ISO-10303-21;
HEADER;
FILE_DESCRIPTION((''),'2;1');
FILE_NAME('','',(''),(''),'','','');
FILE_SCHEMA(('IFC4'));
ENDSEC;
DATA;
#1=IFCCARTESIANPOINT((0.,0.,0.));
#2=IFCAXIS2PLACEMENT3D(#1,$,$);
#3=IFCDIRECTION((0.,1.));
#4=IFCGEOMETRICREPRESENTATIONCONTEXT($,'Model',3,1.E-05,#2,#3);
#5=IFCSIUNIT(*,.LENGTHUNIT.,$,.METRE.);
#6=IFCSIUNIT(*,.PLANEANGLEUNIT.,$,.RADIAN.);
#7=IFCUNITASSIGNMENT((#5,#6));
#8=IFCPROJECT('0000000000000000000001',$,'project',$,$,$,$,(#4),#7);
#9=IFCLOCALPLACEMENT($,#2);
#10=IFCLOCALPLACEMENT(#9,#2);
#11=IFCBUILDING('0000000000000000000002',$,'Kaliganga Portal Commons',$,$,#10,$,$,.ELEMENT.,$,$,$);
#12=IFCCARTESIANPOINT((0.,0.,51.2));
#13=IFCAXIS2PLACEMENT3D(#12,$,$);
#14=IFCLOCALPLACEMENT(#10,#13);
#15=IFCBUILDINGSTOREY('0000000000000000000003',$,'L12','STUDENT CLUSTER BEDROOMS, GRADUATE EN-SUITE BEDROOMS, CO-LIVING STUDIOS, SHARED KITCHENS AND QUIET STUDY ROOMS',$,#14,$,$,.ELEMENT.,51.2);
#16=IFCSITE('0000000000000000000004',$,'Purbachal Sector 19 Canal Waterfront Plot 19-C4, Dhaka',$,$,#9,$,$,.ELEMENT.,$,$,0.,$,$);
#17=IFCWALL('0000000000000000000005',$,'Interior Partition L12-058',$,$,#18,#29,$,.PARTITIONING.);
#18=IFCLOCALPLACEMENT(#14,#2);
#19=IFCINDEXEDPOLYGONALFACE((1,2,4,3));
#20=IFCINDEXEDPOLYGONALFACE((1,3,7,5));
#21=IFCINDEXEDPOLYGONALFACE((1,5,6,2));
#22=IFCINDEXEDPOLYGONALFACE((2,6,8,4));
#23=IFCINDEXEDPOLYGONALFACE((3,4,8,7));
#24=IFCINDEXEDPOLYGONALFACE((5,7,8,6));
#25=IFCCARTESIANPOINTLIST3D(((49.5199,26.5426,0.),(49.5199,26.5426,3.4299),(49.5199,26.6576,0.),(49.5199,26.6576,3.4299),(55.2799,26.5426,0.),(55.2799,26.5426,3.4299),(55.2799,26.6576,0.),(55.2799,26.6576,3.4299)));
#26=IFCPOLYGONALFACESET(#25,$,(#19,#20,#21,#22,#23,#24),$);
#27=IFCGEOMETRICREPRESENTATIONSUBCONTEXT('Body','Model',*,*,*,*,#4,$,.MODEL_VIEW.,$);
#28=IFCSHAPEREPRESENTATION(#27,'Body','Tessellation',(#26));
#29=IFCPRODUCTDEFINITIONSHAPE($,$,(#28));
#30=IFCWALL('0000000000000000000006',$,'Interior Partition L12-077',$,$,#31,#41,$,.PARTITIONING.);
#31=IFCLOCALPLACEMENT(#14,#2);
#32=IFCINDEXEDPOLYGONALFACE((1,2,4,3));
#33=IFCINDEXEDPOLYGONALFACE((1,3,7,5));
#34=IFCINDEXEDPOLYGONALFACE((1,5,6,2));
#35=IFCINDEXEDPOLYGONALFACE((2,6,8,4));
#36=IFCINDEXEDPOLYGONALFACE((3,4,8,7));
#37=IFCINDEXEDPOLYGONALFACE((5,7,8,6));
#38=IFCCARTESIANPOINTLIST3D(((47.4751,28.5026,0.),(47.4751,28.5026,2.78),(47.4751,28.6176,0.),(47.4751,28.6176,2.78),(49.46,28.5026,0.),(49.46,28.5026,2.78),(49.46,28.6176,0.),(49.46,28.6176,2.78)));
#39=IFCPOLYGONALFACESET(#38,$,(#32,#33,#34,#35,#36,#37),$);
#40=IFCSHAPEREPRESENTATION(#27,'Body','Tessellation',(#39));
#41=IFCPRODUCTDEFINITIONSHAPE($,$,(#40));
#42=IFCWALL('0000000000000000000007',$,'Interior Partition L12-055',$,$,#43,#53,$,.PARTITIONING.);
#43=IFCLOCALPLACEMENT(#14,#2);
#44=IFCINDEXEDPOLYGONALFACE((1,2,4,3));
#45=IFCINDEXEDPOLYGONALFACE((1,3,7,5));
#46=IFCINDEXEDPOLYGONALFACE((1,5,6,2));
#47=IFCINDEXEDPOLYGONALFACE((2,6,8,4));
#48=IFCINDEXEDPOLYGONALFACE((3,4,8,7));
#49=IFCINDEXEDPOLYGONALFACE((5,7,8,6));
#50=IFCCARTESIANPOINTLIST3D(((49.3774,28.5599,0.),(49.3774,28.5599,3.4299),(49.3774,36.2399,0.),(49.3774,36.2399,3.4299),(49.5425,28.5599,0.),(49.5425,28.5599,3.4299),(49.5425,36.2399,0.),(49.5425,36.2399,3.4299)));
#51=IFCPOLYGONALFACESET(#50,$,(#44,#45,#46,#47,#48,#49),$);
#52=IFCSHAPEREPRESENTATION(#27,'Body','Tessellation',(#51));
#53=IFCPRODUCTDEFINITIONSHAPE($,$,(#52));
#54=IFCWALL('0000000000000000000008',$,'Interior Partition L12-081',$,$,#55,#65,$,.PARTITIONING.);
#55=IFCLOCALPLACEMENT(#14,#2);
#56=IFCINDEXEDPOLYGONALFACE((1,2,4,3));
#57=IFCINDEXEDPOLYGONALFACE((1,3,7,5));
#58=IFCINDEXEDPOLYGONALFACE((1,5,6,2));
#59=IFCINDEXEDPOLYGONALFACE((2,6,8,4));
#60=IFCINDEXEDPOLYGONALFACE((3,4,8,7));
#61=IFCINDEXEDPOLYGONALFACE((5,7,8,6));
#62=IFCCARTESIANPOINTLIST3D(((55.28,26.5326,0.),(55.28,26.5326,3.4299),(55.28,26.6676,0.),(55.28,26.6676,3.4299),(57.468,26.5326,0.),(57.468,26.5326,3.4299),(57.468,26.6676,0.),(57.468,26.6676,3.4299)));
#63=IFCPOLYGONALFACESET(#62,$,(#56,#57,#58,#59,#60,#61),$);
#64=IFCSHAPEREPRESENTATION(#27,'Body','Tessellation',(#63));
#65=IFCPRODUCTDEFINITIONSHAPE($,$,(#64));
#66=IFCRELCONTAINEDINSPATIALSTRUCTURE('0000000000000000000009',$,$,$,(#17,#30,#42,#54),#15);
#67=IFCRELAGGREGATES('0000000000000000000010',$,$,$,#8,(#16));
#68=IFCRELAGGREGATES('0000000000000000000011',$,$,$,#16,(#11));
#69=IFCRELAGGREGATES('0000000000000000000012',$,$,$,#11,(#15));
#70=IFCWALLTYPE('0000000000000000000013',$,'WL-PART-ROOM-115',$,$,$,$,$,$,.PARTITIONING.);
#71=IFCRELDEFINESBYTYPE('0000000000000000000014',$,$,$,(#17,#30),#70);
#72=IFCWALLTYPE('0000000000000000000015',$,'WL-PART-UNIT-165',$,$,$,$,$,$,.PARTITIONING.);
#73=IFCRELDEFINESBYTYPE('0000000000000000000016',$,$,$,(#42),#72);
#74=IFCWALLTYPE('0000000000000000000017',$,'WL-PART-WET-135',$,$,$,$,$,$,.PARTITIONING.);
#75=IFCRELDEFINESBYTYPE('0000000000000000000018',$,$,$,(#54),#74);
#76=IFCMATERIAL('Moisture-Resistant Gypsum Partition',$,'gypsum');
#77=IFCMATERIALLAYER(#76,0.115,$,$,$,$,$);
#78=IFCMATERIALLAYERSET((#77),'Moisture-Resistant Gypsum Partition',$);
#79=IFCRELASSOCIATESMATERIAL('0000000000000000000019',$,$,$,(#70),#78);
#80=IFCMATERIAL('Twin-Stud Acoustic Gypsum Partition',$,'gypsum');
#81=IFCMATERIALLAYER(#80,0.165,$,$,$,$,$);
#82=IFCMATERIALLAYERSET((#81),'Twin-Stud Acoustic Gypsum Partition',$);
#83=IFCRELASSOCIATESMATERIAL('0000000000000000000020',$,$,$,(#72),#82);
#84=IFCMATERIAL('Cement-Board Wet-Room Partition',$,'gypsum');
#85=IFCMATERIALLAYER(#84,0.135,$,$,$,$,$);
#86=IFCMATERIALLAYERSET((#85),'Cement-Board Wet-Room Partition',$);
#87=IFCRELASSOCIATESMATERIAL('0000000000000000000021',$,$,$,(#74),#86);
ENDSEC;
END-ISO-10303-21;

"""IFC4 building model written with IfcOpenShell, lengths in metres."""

from ifc_helpers import new_model, si_unit, direction, frame, frame_2d, origin, place, context, subcontext, project, spatial, rectangle, extrude, material, layer, layer_set, type_object, element, save


model = new_model("IFC4")

# Units and contexts
model_context = context("Model", 3, precision=1e-05, world=origin(), true_north=direction((0.0, 1.0)))
body_context = subcontext(model_context, "Body", "Model", "MODEL_VIEW")
ifc_project = project(units=[si_unit("LENGTHUNIT", "METRE"), si_unit("PLANEANGLEUNIT", "RADIAN")], contexts=[model_context])

# Site, building, storey
site_placement = place(None, origin())
site = spatial("IfcSite", under=ifc_project, at=site_placement, Name="Purbachal Sector 19 Canal Waterfront Plot 19-C4, Dhaka", CompositionType="ELEMENT", RefElevation=0.0)
building_placement = place(site_placement, origin())
building = spatial("IfcBuilding", under=site, at=building_placement, Name="Kaliganga Portal Commons", CompositionType="ELEMENT")
storey_placement = place(building_placement, frame((0.0, 0.0, 51.2)))
storey = spatial("IfcBuildingStorey", under=building, at=storey_placement, Name="L12", Description="STUDENT CLUSTER BEDROOMS, GRADUATE EN-SUITE BEDROOMS, CO-LIVING STUDIOS, SHARED KITCHENS AND QUIET STUDY ROOMS", CompositionType="ELEMENT", Elevation=51.2)

# Walls
ifc_material_1 = material(Name="Moisture-Resistant Gypsum Partition", Category="gypsum")
ifc_layer_1 = layer(ifc_material_1, 0.115)
ifc_layer_set_1 = layer_set([ifc_layer_1], Name="Moisture-Resistant Gypsum Partition")
wall_type_1 = type_object("IfcWallType", Name="WL-PART-ROOM-115", PredefinedType="PARTITIONING", material=ifc_layer_set_1)
wall_1_placement = place(storey_placement, frame((49.52, 26.6001, 0.0), z_axis=(0.0, 0.0, 1.0), x_axis=(1.0, 0.0, 0.0)))
element("IfcWall", 1, at=wall_1_placement, inside=storey, type_object=wall_type_1, Name="Interior Partition L12-058", PredefinedType="PARTITIONING", context=body_context, shape_type="SweptSolid", body=[
    extrude(rectangle(XDim=5.76, YDim=0.115, at=frame_2d((2.8799, 0.0))), origin(), (0.0, 0.0, 1.0), 3.4299),
])
wall_2_placement = place(storey_placement, frame((47.4751, 28.5601, 0.0), z_axis=(0.0, 0.0, 1.0), x_axis=(1.0, 0.0, 0.0)))
element("IfcWall", 2, at=wall_2_placement, inside=storey, type_object=wall_type_1, Name="Interior Partition L12-077", PredefinedType="PARTITIONING", context=body_context, shape_type="SweptSolid", body=[
    extrude(rectangle(XDim=1.9849, YDim=0.115, at=frame_2d((0.9924, 0.0))), origin(), (0.0, 0.0, 1.0), 2.78),
])
ifc_material_2 = material(Name="Twin-Stud Acoustic Gypsum Partition", Category="gypsum")
ifc_layer_2 = layer(ifc_material_2, 0.165)
ifc_layer_set_2 = layer_set([ifc_layer_2], Name="Twin-Stud Acoustic Gypsum Partition")
wall_type_2 = type_object("IfcWallType", Name="WL-PART-UNIT-165", PredefinedType="PARTITIONING", material=ifc_layer_set_2)
wall_3_placement = place(storey_placement, frame((49.46, 28.5601, 0.0), z_axis=(0.0, 0.0, 1.0), x_axis=(0.0, 1.0, 0.0)))
element("IfcWall", 3, at=wall_3_placement, inside=storey, type_object=wall_type_2, Name="Interior Partition L12-055", PredefinedType="PARTITIONING", context=body_context, shape_type="SweptSolid", body=[
    extrude(rectangle(XDim=7.6799, YDim=0.165, at=frame_2d((3.8398, 0.0))), origin(), (0.0, 0.0, 1.0), 3.4299),
])
ifc_material_3 = material(Name="Cement-Board Wet-Room Partition", Category="gypsum")
ifc_layer_3 = layer(ifc_material_3, 0.135)
ifc_layer_set_3 = layer_set([ifc_layer_3], Name="Cement-Board Wet-Room Partition")
wall_type_3 = type_object("IfcWallType", Name="WL-PART-WET-135", PredefinedType="PARTITIONING", material=ifc_layer_set_3)
wall_4_placement = place(storey_placement, frame((55.28, 26.6001, 0.0), z_axis=(0.0, 0.0, 1.0), x_axis=(1.0, 0.0, 0.0)))
element("IfcWall", 4, at=wall_4_placement, inside=storey, type_object=wall_type_3, Name="Interior Partition L12-081", PredefinedType="PARTITIONING", context=body_context, shape_type="SweptSolid", body=[
    extrude(rectangle(XDim=2.188, YDim=0.135, at=frame_2d((1.094, 0.0))), origin(), (0.0, 0.0, 1.0), 3.4299),
])

save(model, "model.ifc")
